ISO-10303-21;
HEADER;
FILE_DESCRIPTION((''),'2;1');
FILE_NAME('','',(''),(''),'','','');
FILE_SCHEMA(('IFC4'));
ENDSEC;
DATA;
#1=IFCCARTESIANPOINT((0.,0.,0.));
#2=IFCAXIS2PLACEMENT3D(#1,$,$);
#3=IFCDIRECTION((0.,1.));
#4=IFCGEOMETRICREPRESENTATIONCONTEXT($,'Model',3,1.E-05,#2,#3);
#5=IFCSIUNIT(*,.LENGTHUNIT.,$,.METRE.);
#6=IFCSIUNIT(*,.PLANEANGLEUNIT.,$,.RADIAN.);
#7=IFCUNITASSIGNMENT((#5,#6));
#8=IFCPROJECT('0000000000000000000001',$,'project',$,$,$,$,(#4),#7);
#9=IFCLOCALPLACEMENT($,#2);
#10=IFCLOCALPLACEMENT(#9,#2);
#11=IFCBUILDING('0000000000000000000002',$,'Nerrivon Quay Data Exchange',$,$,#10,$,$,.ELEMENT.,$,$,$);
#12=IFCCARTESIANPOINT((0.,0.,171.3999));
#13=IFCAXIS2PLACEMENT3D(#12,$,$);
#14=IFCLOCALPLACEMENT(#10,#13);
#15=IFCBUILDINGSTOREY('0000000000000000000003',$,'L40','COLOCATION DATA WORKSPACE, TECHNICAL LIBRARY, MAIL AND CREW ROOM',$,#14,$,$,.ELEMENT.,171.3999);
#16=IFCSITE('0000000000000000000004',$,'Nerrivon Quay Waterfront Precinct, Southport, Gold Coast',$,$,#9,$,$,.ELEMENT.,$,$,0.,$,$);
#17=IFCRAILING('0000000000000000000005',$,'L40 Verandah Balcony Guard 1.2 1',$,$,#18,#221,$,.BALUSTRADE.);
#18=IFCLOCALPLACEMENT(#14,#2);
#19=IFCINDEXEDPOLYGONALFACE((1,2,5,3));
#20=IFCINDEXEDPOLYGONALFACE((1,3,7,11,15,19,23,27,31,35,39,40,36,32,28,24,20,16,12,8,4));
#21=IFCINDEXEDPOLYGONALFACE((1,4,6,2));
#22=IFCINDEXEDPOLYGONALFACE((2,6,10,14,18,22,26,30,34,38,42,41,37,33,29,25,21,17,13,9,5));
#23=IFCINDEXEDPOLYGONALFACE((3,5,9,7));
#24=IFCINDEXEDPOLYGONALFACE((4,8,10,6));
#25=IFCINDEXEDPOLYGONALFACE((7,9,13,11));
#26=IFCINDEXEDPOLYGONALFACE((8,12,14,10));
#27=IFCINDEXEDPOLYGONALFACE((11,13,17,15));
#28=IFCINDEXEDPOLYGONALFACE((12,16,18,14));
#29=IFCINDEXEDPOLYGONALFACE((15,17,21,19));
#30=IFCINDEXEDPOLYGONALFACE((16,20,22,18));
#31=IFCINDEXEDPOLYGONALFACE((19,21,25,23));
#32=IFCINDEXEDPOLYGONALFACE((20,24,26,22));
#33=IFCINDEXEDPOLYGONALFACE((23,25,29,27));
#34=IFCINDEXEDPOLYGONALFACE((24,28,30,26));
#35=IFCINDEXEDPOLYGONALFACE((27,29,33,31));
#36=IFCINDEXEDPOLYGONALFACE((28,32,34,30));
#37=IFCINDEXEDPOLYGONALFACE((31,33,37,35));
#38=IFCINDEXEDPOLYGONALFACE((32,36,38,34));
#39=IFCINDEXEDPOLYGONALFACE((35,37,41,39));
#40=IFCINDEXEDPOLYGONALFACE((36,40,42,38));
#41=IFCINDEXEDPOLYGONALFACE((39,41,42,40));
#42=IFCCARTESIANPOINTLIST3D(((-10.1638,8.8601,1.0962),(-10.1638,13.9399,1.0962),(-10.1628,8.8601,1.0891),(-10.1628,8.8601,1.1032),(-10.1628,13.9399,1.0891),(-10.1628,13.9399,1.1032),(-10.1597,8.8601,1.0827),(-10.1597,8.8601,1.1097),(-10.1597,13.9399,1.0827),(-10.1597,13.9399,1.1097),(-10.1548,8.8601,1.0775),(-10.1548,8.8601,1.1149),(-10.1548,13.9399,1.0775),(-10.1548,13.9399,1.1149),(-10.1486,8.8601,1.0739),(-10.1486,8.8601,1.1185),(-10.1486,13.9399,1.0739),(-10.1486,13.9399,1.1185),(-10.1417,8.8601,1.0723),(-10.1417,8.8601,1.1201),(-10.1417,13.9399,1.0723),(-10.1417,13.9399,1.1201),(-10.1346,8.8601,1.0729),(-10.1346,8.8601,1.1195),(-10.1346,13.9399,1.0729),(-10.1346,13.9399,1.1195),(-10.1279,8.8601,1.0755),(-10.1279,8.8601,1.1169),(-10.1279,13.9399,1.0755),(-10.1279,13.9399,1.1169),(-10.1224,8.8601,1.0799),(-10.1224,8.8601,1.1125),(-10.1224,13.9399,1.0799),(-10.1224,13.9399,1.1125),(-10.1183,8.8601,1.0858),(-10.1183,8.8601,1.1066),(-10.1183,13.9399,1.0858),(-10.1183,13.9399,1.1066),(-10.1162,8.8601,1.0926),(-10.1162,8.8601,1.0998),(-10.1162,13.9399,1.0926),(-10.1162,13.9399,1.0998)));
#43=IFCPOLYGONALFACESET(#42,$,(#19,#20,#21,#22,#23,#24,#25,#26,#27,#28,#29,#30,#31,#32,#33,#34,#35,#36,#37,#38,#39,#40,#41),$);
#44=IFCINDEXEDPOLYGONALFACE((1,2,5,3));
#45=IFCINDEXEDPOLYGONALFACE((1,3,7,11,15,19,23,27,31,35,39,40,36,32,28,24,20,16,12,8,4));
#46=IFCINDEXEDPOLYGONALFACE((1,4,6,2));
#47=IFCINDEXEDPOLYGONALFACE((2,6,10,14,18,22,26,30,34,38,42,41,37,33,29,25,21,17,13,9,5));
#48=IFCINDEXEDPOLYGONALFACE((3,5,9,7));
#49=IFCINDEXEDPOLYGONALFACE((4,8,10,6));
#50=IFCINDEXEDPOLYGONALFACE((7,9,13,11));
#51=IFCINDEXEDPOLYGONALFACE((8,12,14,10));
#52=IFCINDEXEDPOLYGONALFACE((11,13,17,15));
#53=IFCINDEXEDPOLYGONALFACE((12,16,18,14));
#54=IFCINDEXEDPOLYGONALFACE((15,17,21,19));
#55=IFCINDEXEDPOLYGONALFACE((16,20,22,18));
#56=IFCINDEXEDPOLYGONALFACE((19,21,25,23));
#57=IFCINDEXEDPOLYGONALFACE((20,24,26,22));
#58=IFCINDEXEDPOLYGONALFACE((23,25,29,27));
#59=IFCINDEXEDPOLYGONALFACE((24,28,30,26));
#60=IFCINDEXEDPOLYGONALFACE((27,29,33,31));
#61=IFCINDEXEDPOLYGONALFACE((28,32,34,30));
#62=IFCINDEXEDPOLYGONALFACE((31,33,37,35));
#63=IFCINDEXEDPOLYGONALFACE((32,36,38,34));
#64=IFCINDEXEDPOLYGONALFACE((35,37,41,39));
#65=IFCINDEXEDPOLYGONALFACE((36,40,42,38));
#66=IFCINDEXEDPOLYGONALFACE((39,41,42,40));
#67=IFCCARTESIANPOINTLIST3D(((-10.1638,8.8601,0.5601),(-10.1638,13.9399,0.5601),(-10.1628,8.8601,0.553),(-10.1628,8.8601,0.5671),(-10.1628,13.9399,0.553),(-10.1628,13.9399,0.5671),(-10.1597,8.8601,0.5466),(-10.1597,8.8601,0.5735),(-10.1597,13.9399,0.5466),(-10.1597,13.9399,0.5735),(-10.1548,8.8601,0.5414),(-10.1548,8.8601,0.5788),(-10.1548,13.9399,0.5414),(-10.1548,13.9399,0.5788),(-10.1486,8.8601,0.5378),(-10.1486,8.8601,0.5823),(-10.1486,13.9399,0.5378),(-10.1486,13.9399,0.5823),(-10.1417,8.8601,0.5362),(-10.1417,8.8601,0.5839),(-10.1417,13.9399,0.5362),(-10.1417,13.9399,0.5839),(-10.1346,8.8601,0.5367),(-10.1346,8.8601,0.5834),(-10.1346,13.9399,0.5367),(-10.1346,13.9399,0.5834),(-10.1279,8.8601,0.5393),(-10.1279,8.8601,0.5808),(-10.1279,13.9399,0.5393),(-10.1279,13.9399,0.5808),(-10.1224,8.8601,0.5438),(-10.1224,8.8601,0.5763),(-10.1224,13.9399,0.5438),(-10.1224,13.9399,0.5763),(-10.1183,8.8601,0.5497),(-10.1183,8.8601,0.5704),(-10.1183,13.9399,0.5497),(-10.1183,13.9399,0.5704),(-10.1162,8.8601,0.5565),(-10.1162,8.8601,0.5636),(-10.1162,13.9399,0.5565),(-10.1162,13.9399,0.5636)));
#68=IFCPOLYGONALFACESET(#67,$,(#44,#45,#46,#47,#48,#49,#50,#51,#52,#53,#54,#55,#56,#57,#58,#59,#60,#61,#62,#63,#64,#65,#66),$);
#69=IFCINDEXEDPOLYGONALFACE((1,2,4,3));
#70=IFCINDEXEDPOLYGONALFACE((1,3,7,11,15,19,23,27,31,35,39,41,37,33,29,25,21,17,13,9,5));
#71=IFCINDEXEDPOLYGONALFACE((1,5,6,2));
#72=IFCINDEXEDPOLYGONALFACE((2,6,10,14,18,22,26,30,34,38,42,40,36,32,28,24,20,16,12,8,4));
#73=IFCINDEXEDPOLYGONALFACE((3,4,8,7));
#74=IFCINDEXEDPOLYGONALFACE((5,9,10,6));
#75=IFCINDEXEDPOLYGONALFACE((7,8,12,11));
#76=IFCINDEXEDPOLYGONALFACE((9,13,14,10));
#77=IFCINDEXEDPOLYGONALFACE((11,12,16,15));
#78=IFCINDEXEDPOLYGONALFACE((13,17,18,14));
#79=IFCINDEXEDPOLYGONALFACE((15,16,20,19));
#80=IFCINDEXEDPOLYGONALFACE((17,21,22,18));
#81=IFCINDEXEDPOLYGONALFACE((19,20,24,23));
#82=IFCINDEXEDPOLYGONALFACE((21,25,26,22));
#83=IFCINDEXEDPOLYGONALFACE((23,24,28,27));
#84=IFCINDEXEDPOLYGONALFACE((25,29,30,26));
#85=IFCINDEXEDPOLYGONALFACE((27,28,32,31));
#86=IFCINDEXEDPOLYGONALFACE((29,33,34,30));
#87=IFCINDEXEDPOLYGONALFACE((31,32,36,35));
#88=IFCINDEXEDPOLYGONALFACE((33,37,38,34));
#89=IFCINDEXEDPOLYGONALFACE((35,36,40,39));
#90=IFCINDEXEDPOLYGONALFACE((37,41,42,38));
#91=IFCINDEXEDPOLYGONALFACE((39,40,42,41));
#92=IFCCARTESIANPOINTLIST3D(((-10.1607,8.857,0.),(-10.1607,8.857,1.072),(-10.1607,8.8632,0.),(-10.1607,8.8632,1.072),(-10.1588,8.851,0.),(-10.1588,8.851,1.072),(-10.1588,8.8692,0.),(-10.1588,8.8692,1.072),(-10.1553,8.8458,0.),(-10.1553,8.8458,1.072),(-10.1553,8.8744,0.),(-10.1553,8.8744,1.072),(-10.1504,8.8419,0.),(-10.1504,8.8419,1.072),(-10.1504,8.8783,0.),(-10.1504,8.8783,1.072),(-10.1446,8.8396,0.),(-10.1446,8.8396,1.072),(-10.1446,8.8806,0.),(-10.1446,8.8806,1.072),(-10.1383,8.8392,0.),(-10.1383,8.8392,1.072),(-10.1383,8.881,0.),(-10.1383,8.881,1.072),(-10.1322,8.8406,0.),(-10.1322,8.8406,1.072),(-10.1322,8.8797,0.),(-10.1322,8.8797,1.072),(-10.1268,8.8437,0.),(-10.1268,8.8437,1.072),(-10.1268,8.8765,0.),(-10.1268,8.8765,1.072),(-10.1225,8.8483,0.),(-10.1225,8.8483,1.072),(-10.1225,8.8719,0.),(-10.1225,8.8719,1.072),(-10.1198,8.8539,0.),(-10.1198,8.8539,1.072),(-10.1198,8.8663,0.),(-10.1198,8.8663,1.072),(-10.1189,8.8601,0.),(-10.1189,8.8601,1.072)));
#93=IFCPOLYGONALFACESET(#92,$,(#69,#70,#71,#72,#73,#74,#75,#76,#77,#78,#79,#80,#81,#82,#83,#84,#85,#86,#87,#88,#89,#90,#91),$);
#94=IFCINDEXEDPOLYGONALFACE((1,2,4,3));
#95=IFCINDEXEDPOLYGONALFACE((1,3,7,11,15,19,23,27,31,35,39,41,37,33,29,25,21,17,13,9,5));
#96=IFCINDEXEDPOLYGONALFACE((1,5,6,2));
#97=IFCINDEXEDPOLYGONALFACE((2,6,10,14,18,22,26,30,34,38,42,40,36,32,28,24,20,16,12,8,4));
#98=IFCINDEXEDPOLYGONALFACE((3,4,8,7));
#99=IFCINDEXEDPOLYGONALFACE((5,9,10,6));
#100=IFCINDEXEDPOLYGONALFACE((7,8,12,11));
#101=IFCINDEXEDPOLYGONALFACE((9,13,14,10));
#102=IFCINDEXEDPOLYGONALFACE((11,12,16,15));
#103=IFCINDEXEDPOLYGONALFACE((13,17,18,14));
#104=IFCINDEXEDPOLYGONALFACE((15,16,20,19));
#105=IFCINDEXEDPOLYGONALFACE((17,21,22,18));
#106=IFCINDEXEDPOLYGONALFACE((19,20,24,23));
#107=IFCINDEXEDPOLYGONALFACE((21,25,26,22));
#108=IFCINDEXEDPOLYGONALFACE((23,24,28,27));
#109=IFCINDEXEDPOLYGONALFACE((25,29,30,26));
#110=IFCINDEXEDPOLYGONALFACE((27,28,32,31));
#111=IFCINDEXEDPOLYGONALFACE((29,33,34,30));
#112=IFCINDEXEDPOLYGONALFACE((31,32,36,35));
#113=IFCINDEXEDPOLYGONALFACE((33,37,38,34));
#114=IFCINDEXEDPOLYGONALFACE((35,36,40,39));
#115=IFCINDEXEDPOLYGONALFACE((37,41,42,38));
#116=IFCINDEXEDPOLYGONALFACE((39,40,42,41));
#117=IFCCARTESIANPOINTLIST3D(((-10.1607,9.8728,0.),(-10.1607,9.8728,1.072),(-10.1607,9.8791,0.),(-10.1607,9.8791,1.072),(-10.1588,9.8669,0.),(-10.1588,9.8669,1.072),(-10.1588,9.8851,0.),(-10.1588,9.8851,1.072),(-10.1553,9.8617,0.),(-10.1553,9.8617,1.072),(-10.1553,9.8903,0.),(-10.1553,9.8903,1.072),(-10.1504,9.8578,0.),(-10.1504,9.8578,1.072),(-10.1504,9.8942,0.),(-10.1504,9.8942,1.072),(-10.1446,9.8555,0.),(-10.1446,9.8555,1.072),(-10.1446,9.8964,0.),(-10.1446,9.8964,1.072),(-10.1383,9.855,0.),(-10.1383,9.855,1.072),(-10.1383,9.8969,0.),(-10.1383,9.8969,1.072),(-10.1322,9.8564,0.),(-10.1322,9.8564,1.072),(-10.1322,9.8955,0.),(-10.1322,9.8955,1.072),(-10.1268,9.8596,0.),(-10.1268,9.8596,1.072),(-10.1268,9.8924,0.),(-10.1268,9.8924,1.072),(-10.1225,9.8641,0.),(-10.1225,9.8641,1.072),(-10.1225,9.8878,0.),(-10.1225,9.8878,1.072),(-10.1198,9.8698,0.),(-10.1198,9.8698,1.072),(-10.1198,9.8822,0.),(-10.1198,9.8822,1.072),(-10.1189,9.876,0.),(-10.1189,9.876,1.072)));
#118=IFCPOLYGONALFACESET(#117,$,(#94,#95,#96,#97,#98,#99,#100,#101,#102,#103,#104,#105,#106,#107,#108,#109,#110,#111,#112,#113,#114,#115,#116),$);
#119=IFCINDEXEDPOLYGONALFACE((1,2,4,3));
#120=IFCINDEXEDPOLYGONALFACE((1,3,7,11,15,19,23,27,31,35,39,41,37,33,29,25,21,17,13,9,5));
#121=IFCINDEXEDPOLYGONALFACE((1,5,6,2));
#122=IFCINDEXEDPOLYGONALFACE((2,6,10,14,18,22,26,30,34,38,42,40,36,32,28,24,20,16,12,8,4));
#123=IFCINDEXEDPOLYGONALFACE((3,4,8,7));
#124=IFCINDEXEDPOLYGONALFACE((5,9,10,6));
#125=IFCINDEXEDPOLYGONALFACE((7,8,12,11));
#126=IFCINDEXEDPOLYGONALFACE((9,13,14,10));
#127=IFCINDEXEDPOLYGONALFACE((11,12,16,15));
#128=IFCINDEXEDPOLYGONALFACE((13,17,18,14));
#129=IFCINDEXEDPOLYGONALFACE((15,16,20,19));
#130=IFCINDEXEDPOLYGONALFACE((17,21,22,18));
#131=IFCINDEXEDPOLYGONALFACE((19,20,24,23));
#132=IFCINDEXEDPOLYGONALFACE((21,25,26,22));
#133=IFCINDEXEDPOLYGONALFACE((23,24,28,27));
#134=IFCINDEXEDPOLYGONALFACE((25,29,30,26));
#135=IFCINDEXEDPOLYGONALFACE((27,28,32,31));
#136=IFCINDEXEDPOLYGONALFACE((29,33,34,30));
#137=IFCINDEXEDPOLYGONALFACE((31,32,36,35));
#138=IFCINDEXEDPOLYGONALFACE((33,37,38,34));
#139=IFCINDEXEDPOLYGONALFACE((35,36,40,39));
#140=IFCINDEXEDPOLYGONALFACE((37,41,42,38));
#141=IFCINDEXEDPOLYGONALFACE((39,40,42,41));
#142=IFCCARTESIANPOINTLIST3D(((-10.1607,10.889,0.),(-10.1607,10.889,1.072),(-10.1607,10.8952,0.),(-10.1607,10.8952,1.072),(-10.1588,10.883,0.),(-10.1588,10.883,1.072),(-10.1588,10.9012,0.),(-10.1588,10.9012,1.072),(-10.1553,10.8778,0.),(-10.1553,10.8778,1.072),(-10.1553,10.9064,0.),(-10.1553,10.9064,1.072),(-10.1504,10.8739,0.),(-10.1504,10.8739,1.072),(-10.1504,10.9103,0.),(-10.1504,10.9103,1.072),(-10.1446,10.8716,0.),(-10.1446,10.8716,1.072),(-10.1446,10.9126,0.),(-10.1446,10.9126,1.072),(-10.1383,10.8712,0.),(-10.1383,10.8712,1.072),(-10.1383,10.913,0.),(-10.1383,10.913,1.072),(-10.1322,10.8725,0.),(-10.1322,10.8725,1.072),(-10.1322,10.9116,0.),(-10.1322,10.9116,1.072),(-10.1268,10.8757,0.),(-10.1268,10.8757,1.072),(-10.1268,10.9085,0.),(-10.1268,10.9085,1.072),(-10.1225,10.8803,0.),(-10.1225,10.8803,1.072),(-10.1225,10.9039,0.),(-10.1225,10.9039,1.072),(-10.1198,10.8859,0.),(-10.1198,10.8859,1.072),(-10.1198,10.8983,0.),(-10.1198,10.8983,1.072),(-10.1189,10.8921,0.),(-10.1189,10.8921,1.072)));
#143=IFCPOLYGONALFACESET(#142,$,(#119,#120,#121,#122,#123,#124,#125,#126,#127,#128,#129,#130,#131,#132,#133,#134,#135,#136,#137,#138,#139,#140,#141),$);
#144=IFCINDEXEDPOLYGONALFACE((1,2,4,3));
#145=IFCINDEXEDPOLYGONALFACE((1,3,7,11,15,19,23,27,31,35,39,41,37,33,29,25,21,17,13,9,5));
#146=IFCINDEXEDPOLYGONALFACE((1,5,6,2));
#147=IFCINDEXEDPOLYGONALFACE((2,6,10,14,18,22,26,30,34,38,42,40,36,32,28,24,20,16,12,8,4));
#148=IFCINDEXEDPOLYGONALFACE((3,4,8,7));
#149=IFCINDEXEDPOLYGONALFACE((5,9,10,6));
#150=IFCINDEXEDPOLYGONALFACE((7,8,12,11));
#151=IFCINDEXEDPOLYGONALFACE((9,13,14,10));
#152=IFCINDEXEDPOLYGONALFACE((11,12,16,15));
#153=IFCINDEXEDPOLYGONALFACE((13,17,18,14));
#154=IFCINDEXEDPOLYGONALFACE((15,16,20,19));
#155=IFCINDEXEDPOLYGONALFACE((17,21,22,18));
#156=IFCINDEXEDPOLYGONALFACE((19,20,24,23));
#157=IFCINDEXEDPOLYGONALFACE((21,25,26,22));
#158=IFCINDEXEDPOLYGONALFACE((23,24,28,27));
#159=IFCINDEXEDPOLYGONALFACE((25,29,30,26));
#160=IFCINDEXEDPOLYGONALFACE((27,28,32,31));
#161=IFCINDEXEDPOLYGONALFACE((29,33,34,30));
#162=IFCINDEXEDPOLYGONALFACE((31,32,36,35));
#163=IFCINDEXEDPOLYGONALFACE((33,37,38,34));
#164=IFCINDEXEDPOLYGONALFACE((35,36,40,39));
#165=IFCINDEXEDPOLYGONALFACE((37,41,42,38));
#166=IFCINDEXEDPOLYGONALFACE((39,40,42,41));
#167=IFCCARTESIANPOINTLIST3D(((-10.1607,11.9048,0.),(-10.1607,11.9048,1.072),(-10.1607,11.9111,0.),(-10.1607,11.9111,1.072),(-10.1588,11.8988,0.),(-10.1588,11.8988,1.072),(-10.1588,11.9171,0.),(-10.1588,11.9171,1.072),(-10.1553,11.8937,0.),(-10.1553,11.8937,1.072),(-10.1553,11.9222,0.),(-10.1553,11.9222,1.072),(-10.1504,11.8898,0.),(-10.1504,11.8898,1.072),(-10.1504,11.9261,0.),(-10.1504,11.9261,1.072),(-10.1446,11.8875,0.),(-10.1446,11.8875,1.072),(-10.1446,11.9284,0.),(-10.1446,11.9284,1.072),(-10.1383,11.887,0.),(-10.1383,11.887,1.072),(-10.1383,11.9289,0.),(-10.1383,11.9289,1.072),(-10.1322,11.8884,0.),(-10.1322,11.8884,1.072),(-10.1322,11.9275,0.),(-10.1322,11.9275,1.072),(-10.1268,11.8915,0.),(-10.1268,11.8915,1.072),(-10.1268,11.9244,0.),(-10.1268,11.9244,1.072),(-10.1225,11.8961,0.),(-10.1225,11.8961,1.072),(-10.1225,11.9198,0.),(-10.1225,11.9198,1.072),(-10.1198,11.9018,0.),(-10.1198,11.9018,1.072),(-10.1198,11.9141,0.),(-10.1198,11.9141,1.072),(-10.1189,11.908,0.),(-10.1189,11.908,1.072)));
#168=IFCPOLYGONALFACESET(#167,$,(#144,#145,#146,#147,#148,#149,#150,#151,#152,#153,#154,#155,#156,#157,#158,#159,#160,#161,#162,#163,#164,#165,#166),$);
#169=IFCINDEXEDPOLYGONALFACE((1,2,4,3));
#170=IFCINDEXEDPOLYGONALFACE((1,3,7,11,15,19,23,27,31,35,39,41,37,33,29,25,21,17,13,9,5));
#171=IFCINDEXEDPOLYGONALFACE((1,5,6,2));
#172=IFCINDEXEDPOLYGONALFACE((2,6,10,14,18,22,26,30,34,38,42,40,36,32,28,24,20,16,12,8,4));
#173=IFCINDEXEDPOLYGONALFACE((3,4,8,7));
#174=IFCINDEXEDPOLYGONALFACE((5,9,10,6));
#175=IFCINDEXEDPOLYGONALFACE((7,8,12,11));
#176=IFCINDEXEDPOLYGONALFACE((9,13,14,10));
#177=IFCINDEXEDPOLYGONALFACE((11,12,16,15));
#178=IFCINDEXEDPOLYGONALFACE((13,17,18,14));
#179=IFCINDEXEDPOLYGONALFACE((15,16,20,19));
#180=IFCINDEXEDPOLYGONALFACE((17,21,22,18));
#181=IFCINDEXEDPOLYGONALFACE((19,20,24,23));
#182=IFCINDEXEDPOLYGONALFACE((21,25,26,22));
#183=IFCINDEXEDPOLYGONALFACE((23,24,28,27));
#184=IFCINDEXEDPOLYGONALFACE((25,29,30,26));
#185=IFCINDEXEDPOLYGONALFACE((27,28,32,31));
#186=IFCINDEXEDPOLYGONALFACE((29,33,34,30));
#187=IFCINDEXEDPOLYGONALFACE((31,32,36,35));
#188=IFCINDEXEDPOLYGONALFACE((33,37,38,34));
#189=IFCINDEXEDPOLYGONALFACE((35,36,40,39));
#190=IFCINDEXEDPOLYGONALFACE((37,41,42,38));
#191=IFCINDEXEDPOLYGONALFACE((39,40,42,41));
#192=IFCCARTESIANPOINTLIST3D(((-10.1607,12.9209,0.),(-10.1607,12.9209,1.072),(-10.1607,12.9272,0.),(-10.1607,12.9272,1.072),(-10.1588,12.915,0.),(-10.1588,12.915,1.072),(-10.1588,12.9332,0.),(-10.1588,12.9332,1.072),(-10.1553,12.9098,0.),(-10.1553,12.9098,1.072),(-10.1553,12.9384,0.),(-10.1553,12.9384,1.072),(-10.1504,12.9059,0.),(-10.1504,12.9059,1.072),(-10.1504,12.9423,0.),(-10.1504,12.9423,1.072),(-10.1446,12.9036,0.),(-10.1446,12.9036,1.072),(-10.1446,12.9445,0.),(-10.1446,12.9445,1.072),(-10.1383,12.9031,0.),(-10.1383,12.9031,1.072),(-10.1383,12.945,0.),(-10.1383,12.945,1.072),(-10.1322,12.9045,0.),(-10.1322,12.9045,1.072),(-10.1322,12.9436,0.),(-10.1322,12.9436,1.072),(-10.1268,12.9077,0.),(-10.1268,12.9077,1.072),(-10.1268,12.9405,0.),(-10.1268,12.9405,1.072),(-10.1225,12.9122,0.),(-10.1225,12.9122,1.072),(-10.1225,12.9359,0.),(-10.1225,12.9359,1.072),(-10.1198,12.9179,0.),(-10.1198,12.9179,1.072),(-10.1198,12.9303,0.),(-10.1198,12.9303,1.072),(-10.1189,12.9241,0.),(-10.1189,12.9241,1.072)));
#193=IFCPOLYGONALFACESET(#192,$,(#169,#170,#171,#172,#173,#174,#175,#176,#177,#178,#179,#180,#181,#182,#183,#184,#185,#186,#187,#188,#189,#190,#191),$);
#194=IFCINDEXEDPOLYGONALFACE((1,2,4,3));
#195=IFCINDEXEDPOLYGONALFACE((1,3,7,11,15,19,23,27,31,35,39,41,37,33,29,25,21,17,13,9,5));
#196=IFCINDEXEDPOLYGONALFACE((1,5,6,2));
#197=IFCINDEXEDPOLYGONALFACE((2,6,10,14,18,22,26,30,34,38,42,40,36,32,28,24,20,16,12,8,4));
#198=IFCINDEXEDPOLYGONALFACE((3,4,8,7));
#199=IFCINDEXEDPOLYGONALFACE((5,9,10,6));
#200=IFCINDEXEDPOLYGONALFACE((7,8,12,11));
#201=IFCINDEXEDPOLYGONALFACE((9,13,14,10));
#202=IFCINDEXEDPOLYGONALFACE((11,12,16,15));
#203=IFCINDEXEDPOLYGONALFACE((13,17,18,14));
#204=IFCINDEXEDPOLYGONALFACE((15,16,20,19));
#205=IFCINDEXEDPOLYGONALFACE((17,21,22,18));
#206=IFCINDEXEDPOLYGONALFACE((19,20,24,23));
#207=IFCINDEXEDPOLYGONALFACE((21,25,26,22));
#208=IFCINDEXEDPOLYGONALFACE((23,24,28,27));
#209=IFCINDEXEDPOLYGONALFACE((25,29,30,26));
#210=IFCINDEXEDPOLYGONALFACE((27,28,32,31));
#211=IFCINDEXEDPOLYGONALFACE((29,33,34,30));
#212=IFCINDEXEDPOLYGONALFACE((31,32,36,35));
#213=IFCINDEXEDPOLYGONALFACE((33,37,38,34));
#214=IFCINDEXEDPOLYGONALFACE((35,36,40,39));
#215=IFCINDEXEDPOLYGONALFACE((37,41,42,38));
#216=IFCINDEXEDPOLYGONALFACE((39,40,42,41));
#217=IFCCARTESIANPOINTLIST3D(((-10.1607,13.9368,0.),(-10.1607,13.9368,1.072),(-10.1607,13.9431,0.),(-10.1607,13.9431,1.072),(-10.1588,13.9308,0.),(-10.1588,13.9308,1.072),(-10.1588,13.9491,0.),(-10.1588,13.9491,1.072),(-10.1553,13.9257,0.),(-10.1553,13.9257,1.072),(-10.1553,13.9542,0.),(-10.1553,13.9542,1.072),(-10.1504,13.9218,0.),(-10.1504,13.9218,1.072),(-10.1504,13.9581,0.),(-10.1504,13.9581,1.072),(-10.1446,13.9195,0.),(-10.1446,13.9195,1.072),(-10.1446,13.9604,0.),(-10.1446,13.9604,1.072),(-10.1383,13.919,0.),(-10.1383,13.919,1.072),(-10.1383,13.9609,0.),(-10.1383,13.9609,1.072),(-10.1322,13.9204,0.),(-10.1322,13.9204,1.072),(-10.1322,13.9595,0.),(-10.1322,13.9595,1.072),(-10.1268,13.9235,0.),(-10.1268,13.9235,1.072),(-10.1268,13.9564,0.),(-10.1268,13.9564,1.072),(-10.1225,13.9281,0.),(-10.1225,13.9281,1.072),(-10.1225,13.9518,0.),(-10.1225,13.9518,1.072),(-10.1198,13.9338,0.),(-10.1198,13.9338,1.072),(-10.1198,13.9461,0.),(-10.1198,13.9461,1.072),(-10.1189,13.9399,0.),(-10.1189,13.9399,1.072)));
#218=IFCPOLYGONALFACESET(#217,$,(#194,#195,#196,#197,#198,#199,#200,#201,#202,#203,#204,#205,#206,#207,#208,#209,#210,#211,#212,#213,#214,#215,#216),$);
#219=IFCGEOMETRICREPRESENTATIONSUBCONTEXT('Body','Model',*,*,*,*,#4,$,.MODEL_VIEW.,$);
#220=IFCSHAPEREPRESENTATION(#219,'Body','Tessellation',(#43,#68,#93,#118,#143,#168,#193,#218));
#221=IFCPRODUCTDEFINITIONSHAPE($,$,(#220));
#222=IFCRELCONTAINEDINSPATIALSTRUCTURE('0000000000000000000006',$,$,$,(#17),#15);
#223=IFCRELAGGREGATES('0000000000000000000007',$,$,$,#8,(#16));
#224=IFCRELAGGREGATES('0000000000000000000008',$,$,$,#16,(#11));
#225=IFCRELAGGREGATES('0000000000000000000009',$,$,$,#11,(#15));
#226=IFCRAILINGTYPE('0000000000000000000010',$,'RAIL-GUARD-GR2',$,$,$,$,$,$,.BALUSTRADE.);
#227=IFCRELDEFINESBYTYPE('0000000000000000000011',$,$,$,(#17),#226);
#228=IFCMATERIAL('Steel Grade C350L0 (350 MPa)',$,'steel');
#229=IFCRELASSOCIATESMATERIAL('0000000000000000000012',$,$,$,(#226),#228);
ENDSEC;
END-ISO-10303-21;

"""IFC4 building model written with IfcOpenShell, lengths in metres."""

from ifc_helpers import new_model, si_unit, direction, frame, origin, origin_2d, place, context, subcontext, project, spatial, circle, extrude, material, type_object, element, save


model = new_model("IFC4")

# Units and contexts
model_context = context("Model", 3, precision=1e-05, world=origin(), true_north=direction((0.0, 1.0)))
body_context = subcontext(model_context, "Body", "Model", "MODEL_VIEW")
ifc_project = project(units=[si_unit("LENGTHUNIT", "METRE"), si_unit("PLANEANGLEUNIT", "RADIAN")], contexts=[model_context])

# Site, building, storey
site_placement = place(None, origin())
site = spatial("IfcSite", under=ifc_project, at=site_placement, Name="Nerrivon Quay Waterfront Precinct, Southport, Gold Coast", CompositionType="ELEMENT", RefElevation=0.0)
building_placement = place(site_placement, origin())
building = spatial("IfcBuilding", under=site, at=building_placement, Name="Nerrivon Quay Data Exchange", CompositionType="ELEMENT")
storey_placement = place(building_placement, frame((0.0, 0.0, 171.3999)))
storey = spatial("IfcBuildingStorey", under=building, at=storey_placement, Name="L40", Description="COLOCATION DATA WORKSPACE, TECHNICAL LIBRARY, MAIL AND CREW ROOM", CompositionType="ELEMENT", Elevation=171.3999)

# Shared definitions
ifc_material_1 = material(Name="Steel Grade C350L0 (350 MPa)", Category="steel")

# Railing
railing_type = type_object("IfcRailingType", Name="RAIL-GUARD-GR2", PredefinedType="BALUSTRADE", material=ifc_material_1)
railing_1_placement = place(storey_placement, frame((-10.1399, 8.8601, 0.0)))
element("IfcRailing", 1, at=railing_1_placement, inside=storey, type_object=railing_type, Name="L40 Verandah Balcony Guard 1.2 1", PredefinedType="BALUSTRADE", context=body_context, shape_type="SweptSolid", body=[
    extrude(circle(Radius=0.0239, at=origin_2d()), frame((0.0, 0.0, 1.0962), z_axis=(0.0, 1.0, 0.0), x_axis=(-1.0, 0.0, 0.0)), (0.0, 0.0, 1.0), 5.0798),
    extrude(circle(Radius=0.0239, at=origin_2d()), frame((0.0, 0.0, 0.5601), z_axis=(0.0, 1.0, 0.0), x_axis=(-1.0, 0.0, 0.0)), (0.0, 0.0, 1.0), 5.0798),
    extrude(circle(Radius=0.021, at=origin_2d()), origin(), (0.0, 0.0, 1.0), 1.072),
    extrude(circle(Radius=0.021, at=origin_2d()), frame((0.0, 1.0159, 0.0)), (0.0, 0.0, 1.0), 1.072),
    extrude(circle(Radius=0.021, at=origin_2d()), frame((0.0, 2.032, 0.0)), (0.0, 0.0, 1.0), 1.072),
    extrude(circle(Radius=0.021, at=origin_2d()), frame((0.0, 3.0479, 0.0)), (0.0, 0.0, 1.0), 1.072),
    extrude(circle(Radius=0.021, at=origin_2d()), frame((0.0, 4.064, 0.0)), (0.0, 0.0, 1.0), 1.072),
    extrude(circle(Radius=0.021, at=origin_2d()), frame((0.0, 5.0798, 0.0)), (0.0, 0.0, 1.0), 1.072),
])

save(model, "model.ifc")
